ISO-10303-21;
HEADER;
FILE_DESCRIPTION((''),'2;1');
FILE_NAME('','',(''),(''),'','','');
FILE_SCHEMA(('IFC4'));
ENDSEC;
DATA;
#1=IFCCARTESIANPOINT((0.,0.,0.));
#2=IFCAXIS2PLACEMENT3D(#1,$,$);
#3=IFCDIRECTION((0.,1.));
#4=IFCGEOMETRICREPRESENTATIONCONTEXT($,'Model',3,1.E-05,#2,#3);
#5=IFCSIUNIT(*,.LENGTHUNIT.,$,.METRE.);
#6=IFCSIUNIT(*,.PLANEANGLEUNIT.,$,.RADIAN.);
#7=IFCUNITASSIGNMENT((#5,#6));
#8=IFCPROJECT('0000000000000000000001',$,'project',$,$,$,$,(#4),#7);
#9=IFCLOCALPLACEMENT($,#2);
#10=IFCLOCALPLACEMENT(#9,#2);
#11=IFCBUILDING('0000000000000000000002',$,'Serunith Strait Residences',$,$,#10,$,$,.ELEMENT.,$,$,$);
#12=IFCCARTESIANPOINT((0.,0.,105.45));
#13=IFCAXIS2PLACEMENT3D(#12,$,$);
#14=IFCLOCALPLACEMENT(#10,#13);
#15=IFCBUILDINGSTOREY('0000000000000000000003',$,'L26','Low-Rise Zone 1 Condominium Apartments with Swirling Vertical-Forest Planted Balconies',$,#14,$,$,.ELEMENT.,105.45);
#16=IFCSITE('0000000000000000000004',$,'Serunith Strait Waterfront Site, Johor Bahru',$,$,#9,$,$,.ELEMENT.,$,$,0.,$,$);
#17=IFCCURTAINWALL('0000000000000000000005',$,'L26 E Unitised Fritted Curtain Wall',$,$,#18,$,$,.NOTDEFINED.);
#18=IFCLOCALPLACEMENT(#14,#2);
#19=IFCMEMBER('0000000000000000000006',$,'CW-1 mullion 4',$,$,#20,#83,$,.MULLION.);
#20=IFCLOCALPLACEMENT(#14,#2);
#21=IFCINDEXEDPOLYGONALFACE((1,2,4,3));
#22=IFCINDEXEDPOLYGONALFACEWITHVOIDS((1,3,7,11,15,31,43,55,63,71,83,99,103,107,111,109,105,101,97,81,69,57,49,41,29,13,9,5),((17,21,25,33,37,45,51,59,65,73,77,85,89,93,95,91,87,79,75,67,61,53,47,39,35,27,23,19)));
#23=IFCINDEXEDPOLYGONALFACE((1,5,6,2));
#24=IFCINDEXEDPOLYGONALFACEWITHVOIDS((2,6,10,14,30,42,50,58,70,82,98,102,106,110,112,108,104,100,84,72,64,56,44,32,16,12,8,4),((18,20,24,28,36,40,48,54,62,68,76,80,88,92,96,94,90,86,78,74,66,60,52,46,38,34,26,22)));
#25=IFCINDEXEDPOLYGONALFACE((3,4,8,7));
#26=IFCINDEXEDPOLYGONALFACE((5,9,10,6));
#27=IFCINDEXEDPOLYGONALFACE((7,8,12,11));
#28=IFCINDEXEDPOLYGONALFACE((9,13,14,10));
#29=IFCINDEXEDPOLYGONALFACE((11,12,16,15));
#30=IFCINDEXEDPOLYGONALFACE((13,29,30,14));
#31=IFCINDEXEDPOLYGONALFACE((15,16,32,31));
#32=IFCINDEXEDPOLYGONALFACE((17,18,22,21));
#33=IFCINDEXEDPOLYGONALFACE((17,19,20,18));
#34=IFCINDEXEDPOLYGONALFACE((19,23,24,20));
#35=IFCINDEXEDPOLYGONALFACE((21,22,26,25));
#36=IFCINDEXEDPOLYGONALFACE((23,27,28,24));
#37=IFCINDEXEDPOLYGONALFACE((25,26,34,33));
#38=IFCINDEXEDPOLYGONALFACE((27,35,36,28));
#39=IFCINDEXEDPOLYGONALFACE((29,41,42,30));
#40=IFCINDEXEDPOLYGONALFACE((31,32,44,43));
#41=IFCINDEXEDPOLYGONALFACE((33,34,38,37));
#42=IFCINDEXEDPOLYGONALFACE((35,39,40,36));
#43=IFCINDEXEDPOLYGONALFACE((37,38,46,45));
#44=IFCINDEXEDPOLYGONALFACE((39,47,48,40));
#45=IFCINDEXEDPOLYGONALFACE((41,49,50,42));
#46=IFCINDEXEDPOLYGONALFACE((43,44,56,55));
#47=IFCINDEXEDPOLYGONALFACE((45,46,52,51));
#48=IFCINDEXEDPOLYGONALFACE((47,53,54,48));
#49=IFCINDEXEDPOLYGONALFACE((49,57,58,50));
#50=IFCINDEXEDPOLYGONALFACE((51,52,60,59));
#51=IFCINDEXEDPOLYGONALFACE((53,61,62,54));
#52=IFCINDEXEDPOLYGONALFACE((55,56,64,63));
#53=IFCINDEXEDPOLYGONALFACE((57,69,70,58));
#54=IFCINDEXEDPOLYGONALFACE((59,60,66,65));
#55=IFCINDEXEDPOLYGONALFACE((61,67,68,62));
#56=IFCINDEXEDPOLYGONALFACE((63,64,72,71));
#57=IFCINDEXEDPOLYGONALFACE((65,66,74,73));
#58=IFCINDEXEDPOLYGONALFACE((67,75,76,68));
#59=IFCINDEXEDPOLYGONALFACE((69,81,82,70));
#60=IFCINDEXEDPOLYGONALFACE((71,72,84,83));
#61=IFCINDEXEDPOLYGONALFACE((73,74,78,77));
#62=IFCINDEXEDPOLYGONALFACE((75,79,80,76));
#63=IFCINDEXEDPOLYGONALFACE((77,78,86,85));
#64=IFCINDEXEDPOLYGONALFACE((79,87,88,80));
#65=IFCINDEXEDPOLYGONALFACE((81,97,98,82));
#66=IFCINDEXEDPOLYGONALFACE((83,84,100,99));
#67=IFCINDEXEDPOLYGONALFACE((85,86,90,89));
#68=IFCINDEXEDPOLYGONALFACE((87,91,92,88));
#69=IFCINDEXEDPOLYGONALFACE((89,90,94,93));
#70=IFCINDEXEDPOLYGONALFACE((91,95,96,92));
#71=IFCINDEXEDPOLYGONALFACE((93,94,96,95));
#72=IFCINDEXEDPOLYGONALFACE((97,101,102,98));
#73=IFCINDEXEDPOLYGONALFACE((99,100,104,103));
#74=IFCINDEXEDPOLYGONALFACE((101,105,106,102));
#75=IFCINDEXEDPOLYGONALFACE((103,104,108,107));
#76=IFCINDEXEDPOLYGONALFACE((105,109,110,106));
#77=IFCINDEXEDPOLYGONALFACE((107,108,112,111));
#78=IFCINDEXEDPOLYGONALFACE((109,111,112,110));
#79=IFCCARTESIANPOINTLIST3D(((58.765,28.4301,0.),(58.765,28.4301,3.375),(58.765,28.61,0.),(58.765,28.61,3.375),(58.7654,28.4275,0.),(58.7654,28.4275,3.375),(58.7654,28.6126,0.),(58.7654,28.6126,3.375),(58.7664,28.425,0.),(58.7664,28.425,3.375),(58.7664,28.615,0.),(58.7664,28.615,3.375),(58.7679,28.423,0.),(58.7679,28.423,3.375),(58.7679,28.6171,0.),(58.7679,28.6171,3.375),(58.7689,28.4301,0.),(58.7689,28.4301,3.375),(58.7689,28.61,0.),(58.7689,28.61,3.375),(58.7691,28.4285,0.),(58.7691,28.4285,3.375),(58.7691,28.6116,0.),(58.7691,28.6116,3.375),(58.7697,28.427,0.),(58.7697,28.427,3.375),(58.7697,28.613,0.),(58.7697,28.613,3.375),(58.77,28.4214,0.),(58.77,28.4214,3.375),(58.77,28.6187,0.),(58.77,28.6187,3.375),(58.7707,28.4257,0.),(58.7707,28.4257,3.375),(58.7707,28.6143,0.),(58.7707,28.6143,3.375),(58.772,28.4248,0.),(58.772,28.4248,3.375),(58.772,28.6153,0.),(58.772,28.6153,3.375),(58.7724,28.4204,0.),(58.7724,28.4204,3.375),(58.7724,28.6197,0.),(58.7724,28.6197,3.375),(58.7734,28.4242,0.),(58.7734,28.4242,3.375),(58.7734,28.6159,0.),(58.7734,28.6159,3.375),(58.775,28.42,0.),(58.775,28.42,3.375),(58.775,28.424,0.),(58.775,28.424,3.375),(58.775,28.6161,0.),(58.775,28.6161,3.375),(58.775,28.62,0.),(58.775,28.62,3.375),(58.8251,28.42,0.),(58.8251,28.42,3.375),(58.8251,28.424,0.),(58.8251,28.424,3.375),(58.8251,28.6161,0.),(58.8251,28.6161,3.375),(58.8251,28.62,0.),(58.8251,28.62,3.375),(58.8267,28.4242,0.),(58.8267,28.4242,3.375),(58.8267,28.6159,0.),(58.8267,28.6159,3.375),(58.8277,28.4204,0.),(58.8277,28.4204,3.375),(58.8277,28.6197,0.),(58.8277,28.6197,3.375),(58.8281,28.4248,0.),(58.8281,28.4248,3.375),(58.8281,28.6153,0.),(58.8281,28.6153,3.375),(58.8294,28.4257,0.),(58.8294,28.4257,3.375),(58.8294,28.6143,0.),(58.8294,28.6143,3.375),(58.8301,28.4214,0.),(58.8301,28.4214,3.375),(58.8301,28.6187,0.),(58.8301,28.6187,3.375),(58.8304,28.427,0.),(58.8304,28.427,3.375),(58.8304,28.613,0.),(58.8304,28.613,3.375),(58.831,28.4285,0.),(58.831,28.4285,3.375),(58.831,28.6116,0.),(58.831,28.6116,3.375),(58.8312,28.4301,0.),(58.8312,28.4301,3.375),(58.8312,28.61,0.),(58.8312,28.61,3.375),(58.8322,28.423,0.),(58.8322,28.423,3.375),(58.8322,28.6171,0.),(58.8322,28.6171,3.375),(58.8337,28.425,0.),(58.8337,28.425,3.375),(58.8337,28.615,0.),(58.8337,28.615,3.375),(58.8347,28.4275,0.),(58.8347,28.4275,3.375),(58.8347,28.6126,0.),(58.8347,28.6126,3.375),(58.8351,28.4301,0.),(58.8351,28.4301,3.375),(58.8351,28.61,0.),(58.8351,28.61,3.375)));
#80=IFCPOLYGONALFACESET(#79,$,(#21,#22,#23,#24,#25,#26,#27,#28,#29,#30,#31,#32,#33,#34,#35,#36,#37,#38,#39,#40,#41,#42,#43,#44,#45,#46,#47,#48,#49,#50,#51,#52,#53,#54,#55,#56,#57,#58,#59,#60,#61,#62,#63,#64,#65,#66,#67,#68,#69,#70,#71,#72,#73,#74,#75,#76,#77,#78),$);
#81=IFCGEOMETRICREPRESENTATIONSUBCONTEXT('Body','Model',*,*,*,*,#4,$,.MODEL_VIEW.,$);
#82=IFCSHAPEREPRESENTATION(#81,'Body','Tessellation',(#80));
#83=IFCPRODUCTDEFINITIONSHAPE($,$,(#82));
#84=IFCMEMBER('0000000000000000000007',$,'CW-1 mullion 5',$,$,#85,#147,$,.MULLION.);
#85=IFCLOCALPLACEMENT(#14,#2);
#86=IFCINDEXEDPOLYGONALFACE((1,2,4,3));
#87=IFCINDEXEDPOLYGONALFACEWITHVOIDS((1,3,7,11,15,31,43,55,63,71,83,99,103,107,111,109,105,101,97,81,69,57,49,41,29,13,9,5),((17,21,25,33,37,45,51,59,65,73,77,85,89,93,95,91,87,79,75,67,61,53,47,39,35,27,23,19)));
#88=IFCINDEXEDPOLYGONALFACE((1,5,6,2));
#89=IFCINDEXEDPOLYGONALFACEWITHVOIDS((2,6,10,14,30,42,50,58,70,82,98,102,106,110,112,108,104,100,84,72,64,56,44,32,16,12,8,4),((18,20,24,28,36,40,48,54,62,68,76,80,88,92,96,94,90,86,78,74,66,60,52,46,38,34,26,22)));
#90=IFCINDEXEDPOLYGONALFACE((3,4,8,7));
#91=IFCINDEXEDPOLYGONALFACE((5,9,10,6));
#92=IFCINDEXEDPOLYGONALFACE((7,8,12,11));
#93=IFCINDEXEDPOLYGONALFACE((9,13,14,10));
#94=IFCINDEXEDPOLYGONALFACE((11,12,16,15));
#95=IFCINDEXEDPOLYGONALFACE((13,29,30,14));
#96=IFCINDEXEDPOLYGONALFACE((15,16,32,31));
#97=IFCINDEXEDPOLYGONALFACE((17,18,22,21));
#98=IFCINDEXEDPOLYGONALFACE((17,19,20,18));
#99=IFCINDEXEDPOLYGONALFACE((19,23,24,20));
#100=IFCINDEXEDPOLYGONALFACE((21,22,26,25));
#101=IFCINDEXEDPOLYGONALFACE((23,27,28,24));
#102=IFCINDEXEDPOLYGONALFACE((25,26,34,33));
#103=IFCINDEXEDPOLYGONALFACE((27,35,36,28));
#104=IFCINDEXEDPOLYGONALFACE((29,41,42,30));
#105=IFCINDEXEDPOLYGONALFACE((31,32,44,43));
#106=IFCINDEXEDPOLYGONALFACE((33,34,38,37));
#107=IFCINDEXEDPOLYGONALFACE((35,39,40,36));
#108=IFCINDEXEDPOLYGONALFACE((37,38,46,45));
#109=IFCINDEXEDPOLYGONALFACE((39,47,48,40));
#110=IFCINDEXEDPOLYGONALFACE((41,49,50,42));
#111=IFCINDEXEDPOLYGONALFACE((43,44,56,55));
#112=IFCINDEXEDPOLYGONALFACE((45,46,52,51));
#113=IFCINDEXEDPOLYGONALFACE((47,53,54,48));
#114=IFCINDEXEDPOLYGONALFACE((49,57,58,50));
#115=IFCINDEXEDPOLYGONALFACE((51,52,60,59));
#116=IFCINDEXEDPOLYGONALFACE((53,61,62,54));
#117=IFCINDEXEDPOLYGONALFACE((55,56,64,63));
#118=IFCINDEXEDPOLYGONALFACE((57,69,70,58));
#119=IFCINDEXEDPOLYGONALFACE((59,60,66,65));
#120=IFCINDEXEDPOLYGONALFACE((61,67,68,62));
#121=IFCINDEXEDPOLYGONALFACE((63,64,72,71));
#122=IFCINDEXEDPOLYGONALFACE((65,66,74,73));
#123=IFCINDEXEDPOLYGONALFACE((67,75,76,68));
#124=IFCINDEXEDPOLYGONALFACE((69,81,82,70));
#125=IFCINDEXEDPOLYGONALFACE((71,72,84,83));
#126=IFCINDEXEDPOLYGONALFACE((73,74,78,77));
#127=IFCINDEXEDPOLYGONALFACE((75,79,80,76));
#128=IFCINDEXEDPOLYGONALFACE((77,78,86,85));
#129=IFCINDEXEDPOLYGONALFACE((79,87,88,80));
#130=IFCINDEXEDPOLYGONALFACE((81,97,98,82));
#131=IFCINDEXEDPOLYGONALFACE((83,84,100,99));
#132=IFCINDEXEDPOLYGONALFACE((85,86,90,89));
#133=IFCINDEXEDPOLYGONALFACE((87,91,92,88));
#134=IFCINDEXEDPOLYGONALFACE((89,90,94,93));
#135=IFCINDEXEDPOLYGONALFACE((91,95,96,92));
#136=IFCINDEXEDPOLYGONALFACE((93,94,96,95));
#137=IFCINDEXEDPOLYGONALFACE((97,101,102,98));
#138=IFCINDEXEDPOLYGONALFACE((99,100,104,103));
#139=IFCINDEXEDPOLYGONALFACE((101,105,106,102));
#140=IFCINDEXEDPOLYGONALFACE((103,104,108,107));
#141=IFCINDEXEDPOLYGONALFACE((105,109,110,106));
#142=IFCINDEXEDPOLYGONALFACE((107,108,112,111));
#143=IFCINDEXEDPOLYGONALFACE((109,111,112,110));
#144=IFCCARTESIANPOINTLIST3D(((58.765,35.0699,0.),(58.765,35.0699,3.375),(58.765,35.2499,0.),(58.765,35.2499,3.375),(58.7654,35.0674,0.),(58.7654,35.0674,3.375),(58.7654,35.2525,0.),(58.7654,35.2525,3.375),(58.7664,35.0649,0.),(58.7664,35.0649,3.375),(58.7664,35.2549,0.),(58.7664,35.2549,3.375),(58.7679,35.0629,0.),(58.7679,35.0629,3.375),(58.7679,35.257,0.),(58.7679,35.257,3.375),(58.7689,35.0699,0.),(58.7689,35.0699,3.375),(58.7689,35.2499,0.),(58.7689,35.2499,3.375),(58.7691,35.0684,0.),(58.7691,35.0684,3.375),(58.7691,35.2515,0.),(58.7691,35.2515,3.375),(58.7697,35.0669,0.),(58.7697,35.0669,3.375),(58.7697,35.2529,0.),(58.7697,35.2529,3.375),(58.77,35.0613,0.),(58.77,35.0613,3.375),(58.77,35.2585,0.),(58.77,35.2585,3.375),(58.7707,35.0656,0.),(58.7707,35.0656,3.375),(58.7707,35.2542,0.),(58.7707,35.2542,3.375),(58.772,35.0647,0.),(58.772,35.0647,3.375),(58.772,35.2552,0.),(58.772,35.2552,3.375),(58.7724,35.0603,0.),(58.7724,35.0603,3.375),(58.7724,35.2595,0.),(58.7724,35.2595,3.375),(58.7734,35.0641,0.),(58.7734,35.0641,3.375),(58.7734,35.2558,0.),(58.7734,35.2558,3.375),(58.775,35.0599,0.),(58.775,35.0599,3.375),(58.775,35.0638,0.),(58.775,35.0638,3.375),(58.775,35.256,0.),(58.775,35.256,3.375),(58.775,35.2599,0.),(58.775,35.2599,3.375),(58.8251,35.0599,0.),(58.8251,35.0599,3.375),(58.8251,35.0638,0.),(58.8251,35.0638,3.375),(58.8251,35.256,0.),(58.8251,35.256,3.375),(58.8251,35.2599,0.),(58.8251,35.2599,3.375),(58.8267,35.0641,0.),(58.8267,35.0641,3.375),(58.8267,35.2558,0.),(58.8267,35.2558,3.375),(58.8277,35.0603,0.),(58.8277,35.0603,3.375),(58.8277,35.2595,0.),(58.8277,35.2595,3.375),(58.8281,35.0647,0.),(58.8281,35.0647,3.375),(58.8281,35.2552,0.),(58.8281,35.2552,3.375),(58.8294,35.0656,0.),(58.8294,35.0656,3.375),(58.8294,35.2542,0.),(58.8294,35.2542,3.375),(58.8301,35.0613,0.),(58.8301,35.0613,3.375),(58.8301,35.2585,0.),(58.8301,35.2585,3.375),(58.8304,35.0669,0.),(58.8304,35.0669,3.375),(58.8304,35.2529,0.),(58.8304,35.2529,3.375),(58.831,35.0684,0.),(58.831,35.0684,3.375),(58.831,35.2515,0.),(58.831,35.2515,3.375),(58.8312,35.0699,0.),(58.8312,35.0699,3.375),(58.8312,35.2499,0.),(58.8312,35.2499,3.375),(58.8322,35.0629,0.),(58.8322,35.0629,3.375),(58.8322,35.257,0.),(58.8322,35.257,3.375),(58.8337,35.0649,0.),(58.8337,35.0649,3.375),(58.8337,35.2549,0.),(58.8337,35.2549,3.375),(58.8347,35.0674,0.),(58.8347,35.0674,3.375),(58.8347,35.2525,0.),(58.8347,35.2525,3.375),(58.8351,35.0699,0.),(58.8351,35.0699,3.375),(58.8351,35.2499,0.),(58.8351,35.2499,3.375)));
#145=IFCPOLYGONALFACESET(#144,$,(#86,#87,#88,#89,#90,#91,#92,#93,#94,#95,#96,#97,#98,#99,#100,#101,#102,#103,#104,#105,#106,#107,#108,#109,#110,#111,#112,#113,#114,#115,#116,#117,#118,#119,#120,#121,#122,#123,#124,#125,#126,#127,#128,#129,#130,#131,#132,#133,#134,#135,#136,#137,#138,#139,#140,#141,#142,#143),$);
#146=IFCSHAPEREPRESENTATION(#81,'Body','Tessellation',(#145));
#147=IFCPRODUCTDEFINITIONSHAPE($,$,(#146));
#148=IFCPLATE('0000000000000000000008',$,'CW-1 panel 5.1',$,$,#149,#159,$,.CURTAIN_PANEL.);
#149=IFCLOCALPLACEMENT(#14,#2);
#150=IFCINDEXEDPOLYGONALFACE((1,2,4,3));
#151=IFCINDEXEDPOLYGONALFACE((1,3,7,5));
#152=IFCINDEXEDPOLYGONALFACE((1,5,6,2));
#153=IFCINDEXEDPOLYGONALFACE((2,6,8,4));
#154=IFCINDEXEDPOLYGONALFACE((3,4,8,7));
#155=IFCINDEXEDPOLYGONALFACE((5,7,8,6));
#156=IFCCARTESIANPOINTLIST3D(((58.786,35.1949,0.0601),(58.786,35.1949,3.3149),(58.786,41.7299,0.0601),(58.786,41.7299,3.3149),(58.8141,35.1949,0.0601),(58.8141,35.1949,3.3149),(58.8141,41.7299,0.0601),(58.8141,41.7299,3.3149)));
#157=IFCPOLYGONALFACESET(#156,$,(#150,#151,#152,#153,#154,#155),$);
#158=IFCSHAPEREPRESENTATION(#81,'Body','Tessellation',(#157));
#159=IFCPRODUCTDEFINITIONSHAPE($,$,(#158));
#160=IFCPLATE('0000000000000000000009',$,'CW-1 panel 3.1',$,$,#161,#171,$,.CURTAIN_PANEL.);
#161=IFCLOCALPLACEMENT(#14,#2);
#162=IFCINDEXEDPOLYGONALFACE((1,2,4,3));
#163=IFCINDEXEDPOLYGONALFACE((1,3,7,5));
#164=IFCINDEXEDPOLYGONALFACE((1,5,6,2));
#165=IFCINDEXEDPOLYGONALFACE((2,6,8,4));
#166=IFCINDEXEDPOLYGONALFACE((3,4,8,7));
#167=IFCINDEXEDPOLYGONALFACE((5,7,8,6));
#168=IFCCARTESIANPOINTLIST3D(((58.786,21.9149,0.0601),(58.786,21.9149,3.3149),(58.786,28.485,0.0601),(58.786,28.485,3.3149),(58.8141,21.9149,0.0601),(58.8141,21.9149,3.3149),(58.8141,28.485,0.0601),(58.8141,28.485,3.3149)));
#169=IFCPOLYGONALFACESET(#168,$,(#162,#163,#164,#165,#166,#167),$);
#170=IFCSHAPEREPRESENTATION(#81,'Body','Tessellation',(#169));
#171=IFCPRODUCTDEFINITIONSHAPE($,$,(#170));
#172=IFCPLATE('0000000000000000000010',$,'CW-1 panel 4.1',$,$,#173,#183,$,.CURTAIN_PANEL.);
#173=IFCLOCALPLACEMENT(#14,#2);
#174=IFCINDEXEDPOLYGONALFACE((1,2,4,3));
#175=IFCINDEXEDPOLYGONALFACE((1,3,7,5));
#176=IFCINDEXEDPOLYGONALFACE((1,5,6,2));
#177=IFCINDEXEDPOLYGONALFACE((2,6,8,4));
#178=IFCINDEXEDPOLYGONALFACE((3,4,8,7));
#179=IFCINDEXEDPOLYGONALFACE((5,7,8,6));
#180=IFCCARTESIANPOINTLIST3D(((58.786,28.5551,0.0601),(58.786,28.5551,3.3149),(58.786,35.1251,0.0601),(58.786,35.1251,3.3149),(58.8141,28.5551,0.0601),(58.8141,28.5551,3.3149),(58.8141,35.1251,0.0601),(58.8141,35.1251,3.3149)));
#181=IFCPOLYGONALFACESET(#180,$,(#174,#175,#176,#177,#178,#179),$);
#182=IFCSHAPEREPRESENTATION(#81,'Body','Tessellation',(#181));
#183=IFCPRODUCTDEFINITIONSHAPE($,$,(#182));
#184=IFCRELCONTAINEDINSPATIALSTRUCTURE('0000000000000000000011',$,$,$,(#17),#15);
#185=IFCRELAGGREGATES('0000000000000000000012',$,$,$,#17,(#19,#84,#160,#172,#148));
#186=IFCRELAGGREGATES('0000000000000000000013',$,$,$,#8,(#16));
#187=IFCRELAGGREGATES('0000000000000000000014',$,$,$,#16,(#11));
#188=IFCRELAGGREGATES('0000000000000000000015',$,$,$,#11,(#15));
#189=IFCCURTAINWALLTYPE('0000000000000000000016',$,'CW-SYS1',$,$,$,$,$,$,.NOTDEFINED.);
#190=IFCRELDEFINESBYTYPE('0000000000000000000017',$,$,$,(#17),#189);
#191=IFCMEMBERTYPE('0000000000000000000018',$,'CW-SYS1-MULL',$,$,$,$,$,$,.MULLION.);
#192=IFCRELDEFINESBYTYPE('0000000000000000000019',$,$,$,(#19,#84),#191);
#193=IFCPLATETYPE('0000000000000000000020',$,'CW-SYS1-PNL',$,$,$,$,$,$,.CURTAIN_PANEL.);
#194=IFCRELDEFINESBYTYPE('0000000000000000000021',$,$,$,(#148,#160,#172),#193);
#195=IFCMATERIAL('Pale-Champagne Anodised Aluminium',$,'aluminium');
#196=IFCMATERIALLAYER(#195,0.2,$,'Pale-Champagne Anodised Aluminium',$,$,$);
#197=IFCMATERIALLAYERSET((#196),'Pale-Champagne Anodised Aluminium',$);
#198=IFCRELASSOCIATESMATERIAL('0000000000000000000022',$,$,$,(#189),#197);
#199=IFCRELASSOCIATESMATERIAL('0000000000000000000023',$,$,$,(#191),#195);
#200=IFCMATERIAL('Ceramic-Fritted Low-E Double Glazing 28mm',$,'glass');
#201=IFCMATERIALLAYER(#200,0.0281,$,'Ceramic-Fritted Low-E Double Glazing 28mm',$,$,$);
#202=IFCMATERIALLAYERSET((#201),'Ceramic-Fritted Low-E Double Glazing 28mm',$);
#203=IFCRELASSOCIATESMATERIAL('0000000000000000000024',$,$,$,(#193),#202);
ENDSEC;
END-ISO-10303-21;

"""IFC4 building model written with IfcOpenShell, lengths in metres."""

from ifc_helpers import new_model, si_unit, direction, frame, origin, origin_2d, place, context, subcontext, project, spatial, rectangle, hollow_rectangle, extrude, source, transform, mapped, material, layer, layer_set, material_profile, profile_set, type_object, element, aggregate, save


model = new_model("IFC4")

# Units and contexts
model_context = context("Model", 3, precision=1e-05, world=origin(), true_north=direction((0.0, 1.0)))
body_context = subcontext(model_context, "Body", "Model", "MODEL_VIEW")
ifc_project = project(units=[si_unit("LENGTHUNIT", "METRE"), si_unit("PLANEANGLEUNIT", "RADIAN")], contexts=[model_context])

# Site, building, storey
site_placement = place(None, origin())
site = spatial("IfcSite", under=ifc_project, at=site_placement, Name="Serunith Strait Waterfront Site, Johor Bahru", CompositionType="ELEMENT", RefElevation=0.0)
building_placement = place(site_placement, origin())
building = spatial("IfcBuilding", under=site, at=building_placement, Name="Serunith Strait Residences", CompositionType="ELEMENT")
storey_placement = place(building_placement, frame((0.0, 0.0, 105.45)))
storey = spatial("IfcBuildingStorey", under=building, at=storey_placement, Name="L26", Description="Low-Rise Zone 1 Condominium Apartments with Swirling Vertical-Forest Planted Balconies", CompositionType="ELEMENT", Elevation=105.45)

# Curtain wall, members, plates
ifc_material_1 = material(Name="Pale-Champagne Anodised Aluminium", Category="aluminium")
ifc_layer_1 = layer(ifc_material_1, 0.2, Name="Pale-Champagne Anodised Aluminium")
ifc_layer_set_1 = layer_set([ifc_layer_1], Name="Pale-Champagne Anodised Aluminium")
curtain_wall_type = type_object("IfcCurtainWallType", Name="CW-SYS1", PredefinedType="NOTDEFINED", material=ifc_layer_set_1)
curtain_wall_placement = place(storey_placement, origin())
curtain_wall = element("IfcCurtainWall", 1, at=curtain_wall_placement, inside=storey, type_object=curtain_wall_type, Name="L26 E Unitised Fritted Curtain Wall", PredefinedType="NOTDEFINED")
ifc_material_profile_1 = material_profile(ifc_material_1, hollow_rectangle(XDim=0.0701, YDim=0.2, WallThickness=0.0039, InnerFilletRadius=0.0061, OuterFilletRadius=0.01, at=origin_2d()), Name="ALU 200x70x4")
ifc_profile_set_1 = profile_set([ifc_material_profile_1], Name="Pale-Champagne Anodised Aluminium")
member_type_1 = type_object("IfcMemberType", Name="CW-SYS1-MULL", PredefinedType="MULLION", material=ifc_profile_set_1)
shared_shape_1 = source(origin(), body_context, "Body", "SweptSolid", [
    extrude(hollow_rectangle(XDim=0.0701, YDim=0.2, WallThickness=0.0039, InnerFilletRadius=0.0061, OuterFilletRadius=0.01, at=origin_2d()), origin(), (0.0, 0.0, 1.0), 3.375),
])
member_1_placement = place(storey_placement, frame((58.8, 28.52, 0.0), z_axis=(0.0, 0.0, 1.0), x_axis=(-1.0, 0.0, 0.0)))
member_1 = element("IfcMember", 2, at=member_1_placement, type_object=member_type_1, Name="CW-1 mullion 4", PredefinedType="MULLION", context=body_context, shape_type="MappedRepresentation", body=[
    mapped(shared_shape_1, transform((0.0, 0.0, 0.0), scale=1.0)),
])
member_2_placement = place(storey_placement, frame((58.8, 35.1599, 0.0), z_axis=(0.0, 0.0, 1.0), x_axis=(-1.0, 0.0, 0.0)))
member_2 = element("IfcMember", 3, at=member_2_placement, type_object=member_type_1, Name="CW-1 mullion 5", PredefinedType="MULLION", context=body_context, shape_type="MappedRepresentation", body=[
    mapped(shared_shape_1, transform((0.0, 0.0, 0.0), scale=1.0)),
])
ifc_material_2 = material(Name="Ceramic-Fritted Low-E Double Glazing 28mm", Category="glass")
ifc_layer_2 = layer(ifc_material_2, 0.0281, Name="Ceramic-Fritted Low-E Double Glazing 28mm")
ifc_layer_set_2 = layer_set([ifc_layer_2], Name="Ceramic-Fritted Low-E Double Glazing 28mm")
plate_type = type_object("IfcPlateType", Name="CW-SYS1-PNL", PredefinedType="CURTAIN_PANEL", material=ifc_layer_set_2)
shared_shape_2 = source(origin(), body_context, "Body", "SweptSolid", [
    extrude(rectangle(XDim=6.5349, YDim=0.0281, at=origin_2d()), origin(), (0.0, 0.0, 1.0), 3.2549),
])
plate_1_placement = place(storey_placement, frame((58.8, 38.4624, 0.0601), z_axis=(0.0, 0.0, 1.0), x_axis=(0.0, 1.0, 0.0)))
plate_1 = element("IfcPlate", 4, at=plate_1_placement, type_object=plate_type, Name="CW-1 panel 5.1", PredefinedType="CURTAIN_PANEL", context=body_context, shape_type="MappedRepresentation", body=[
    mapped(shared_shape_2, transform((0.0, 0.0, 0.0), scale=1.0)),
])
shared_shape_3 = source(origin(), body_context, "Body", "SweptSolid", [
    extrude(rectangle(XDim=6.5701, YDim=0.0281, at=origin_2d()), origin(), (0.0, 0.0, 1.0), 3.2549),
])
plate_2_placement = place(storey_placement, frame((58.8, 25.2, 0.0601), z_axis=(0.0, 0.0, 1.0), x_axis=(0.0, 1.0, 0.0)))
plate_2 = element("IfcPlate", 5, at=plate_2_placement, type_object=plate_type, Name="CW-1 panel 3.1", PredefinedType="CURTAIN_PANEL", context=body_context, shape_type="MappedRepresentation", body=[
    mapped(shared_shape_3, transform((0.0, 0.0, 0.0), scale=1.0)),
])
plate_3_placement = place(storey_placement, frame((58.8, 31.8401, 0.0601), z_axis=(0.0, 0.0, 1.0), x_axis=(0.0, 1.0, 0.0)))
plate_3 = element("IfcPlate", 6, at=plate_3_placement, type_object=plate_type, Name="CW-1 panel 4.1", PredefinedType="CURTAIN_PANEL", context=body_context, shape_type="MappedRepresentation", body=[
    mapped(shared_shape_3, transform((0.0, 0.0, 0.0), scale=1.0)),
])
aggregate(curtain_wall, [member_1, member_2, plate_2, plate_3, plate_1])

save(model, "model.ifc")
